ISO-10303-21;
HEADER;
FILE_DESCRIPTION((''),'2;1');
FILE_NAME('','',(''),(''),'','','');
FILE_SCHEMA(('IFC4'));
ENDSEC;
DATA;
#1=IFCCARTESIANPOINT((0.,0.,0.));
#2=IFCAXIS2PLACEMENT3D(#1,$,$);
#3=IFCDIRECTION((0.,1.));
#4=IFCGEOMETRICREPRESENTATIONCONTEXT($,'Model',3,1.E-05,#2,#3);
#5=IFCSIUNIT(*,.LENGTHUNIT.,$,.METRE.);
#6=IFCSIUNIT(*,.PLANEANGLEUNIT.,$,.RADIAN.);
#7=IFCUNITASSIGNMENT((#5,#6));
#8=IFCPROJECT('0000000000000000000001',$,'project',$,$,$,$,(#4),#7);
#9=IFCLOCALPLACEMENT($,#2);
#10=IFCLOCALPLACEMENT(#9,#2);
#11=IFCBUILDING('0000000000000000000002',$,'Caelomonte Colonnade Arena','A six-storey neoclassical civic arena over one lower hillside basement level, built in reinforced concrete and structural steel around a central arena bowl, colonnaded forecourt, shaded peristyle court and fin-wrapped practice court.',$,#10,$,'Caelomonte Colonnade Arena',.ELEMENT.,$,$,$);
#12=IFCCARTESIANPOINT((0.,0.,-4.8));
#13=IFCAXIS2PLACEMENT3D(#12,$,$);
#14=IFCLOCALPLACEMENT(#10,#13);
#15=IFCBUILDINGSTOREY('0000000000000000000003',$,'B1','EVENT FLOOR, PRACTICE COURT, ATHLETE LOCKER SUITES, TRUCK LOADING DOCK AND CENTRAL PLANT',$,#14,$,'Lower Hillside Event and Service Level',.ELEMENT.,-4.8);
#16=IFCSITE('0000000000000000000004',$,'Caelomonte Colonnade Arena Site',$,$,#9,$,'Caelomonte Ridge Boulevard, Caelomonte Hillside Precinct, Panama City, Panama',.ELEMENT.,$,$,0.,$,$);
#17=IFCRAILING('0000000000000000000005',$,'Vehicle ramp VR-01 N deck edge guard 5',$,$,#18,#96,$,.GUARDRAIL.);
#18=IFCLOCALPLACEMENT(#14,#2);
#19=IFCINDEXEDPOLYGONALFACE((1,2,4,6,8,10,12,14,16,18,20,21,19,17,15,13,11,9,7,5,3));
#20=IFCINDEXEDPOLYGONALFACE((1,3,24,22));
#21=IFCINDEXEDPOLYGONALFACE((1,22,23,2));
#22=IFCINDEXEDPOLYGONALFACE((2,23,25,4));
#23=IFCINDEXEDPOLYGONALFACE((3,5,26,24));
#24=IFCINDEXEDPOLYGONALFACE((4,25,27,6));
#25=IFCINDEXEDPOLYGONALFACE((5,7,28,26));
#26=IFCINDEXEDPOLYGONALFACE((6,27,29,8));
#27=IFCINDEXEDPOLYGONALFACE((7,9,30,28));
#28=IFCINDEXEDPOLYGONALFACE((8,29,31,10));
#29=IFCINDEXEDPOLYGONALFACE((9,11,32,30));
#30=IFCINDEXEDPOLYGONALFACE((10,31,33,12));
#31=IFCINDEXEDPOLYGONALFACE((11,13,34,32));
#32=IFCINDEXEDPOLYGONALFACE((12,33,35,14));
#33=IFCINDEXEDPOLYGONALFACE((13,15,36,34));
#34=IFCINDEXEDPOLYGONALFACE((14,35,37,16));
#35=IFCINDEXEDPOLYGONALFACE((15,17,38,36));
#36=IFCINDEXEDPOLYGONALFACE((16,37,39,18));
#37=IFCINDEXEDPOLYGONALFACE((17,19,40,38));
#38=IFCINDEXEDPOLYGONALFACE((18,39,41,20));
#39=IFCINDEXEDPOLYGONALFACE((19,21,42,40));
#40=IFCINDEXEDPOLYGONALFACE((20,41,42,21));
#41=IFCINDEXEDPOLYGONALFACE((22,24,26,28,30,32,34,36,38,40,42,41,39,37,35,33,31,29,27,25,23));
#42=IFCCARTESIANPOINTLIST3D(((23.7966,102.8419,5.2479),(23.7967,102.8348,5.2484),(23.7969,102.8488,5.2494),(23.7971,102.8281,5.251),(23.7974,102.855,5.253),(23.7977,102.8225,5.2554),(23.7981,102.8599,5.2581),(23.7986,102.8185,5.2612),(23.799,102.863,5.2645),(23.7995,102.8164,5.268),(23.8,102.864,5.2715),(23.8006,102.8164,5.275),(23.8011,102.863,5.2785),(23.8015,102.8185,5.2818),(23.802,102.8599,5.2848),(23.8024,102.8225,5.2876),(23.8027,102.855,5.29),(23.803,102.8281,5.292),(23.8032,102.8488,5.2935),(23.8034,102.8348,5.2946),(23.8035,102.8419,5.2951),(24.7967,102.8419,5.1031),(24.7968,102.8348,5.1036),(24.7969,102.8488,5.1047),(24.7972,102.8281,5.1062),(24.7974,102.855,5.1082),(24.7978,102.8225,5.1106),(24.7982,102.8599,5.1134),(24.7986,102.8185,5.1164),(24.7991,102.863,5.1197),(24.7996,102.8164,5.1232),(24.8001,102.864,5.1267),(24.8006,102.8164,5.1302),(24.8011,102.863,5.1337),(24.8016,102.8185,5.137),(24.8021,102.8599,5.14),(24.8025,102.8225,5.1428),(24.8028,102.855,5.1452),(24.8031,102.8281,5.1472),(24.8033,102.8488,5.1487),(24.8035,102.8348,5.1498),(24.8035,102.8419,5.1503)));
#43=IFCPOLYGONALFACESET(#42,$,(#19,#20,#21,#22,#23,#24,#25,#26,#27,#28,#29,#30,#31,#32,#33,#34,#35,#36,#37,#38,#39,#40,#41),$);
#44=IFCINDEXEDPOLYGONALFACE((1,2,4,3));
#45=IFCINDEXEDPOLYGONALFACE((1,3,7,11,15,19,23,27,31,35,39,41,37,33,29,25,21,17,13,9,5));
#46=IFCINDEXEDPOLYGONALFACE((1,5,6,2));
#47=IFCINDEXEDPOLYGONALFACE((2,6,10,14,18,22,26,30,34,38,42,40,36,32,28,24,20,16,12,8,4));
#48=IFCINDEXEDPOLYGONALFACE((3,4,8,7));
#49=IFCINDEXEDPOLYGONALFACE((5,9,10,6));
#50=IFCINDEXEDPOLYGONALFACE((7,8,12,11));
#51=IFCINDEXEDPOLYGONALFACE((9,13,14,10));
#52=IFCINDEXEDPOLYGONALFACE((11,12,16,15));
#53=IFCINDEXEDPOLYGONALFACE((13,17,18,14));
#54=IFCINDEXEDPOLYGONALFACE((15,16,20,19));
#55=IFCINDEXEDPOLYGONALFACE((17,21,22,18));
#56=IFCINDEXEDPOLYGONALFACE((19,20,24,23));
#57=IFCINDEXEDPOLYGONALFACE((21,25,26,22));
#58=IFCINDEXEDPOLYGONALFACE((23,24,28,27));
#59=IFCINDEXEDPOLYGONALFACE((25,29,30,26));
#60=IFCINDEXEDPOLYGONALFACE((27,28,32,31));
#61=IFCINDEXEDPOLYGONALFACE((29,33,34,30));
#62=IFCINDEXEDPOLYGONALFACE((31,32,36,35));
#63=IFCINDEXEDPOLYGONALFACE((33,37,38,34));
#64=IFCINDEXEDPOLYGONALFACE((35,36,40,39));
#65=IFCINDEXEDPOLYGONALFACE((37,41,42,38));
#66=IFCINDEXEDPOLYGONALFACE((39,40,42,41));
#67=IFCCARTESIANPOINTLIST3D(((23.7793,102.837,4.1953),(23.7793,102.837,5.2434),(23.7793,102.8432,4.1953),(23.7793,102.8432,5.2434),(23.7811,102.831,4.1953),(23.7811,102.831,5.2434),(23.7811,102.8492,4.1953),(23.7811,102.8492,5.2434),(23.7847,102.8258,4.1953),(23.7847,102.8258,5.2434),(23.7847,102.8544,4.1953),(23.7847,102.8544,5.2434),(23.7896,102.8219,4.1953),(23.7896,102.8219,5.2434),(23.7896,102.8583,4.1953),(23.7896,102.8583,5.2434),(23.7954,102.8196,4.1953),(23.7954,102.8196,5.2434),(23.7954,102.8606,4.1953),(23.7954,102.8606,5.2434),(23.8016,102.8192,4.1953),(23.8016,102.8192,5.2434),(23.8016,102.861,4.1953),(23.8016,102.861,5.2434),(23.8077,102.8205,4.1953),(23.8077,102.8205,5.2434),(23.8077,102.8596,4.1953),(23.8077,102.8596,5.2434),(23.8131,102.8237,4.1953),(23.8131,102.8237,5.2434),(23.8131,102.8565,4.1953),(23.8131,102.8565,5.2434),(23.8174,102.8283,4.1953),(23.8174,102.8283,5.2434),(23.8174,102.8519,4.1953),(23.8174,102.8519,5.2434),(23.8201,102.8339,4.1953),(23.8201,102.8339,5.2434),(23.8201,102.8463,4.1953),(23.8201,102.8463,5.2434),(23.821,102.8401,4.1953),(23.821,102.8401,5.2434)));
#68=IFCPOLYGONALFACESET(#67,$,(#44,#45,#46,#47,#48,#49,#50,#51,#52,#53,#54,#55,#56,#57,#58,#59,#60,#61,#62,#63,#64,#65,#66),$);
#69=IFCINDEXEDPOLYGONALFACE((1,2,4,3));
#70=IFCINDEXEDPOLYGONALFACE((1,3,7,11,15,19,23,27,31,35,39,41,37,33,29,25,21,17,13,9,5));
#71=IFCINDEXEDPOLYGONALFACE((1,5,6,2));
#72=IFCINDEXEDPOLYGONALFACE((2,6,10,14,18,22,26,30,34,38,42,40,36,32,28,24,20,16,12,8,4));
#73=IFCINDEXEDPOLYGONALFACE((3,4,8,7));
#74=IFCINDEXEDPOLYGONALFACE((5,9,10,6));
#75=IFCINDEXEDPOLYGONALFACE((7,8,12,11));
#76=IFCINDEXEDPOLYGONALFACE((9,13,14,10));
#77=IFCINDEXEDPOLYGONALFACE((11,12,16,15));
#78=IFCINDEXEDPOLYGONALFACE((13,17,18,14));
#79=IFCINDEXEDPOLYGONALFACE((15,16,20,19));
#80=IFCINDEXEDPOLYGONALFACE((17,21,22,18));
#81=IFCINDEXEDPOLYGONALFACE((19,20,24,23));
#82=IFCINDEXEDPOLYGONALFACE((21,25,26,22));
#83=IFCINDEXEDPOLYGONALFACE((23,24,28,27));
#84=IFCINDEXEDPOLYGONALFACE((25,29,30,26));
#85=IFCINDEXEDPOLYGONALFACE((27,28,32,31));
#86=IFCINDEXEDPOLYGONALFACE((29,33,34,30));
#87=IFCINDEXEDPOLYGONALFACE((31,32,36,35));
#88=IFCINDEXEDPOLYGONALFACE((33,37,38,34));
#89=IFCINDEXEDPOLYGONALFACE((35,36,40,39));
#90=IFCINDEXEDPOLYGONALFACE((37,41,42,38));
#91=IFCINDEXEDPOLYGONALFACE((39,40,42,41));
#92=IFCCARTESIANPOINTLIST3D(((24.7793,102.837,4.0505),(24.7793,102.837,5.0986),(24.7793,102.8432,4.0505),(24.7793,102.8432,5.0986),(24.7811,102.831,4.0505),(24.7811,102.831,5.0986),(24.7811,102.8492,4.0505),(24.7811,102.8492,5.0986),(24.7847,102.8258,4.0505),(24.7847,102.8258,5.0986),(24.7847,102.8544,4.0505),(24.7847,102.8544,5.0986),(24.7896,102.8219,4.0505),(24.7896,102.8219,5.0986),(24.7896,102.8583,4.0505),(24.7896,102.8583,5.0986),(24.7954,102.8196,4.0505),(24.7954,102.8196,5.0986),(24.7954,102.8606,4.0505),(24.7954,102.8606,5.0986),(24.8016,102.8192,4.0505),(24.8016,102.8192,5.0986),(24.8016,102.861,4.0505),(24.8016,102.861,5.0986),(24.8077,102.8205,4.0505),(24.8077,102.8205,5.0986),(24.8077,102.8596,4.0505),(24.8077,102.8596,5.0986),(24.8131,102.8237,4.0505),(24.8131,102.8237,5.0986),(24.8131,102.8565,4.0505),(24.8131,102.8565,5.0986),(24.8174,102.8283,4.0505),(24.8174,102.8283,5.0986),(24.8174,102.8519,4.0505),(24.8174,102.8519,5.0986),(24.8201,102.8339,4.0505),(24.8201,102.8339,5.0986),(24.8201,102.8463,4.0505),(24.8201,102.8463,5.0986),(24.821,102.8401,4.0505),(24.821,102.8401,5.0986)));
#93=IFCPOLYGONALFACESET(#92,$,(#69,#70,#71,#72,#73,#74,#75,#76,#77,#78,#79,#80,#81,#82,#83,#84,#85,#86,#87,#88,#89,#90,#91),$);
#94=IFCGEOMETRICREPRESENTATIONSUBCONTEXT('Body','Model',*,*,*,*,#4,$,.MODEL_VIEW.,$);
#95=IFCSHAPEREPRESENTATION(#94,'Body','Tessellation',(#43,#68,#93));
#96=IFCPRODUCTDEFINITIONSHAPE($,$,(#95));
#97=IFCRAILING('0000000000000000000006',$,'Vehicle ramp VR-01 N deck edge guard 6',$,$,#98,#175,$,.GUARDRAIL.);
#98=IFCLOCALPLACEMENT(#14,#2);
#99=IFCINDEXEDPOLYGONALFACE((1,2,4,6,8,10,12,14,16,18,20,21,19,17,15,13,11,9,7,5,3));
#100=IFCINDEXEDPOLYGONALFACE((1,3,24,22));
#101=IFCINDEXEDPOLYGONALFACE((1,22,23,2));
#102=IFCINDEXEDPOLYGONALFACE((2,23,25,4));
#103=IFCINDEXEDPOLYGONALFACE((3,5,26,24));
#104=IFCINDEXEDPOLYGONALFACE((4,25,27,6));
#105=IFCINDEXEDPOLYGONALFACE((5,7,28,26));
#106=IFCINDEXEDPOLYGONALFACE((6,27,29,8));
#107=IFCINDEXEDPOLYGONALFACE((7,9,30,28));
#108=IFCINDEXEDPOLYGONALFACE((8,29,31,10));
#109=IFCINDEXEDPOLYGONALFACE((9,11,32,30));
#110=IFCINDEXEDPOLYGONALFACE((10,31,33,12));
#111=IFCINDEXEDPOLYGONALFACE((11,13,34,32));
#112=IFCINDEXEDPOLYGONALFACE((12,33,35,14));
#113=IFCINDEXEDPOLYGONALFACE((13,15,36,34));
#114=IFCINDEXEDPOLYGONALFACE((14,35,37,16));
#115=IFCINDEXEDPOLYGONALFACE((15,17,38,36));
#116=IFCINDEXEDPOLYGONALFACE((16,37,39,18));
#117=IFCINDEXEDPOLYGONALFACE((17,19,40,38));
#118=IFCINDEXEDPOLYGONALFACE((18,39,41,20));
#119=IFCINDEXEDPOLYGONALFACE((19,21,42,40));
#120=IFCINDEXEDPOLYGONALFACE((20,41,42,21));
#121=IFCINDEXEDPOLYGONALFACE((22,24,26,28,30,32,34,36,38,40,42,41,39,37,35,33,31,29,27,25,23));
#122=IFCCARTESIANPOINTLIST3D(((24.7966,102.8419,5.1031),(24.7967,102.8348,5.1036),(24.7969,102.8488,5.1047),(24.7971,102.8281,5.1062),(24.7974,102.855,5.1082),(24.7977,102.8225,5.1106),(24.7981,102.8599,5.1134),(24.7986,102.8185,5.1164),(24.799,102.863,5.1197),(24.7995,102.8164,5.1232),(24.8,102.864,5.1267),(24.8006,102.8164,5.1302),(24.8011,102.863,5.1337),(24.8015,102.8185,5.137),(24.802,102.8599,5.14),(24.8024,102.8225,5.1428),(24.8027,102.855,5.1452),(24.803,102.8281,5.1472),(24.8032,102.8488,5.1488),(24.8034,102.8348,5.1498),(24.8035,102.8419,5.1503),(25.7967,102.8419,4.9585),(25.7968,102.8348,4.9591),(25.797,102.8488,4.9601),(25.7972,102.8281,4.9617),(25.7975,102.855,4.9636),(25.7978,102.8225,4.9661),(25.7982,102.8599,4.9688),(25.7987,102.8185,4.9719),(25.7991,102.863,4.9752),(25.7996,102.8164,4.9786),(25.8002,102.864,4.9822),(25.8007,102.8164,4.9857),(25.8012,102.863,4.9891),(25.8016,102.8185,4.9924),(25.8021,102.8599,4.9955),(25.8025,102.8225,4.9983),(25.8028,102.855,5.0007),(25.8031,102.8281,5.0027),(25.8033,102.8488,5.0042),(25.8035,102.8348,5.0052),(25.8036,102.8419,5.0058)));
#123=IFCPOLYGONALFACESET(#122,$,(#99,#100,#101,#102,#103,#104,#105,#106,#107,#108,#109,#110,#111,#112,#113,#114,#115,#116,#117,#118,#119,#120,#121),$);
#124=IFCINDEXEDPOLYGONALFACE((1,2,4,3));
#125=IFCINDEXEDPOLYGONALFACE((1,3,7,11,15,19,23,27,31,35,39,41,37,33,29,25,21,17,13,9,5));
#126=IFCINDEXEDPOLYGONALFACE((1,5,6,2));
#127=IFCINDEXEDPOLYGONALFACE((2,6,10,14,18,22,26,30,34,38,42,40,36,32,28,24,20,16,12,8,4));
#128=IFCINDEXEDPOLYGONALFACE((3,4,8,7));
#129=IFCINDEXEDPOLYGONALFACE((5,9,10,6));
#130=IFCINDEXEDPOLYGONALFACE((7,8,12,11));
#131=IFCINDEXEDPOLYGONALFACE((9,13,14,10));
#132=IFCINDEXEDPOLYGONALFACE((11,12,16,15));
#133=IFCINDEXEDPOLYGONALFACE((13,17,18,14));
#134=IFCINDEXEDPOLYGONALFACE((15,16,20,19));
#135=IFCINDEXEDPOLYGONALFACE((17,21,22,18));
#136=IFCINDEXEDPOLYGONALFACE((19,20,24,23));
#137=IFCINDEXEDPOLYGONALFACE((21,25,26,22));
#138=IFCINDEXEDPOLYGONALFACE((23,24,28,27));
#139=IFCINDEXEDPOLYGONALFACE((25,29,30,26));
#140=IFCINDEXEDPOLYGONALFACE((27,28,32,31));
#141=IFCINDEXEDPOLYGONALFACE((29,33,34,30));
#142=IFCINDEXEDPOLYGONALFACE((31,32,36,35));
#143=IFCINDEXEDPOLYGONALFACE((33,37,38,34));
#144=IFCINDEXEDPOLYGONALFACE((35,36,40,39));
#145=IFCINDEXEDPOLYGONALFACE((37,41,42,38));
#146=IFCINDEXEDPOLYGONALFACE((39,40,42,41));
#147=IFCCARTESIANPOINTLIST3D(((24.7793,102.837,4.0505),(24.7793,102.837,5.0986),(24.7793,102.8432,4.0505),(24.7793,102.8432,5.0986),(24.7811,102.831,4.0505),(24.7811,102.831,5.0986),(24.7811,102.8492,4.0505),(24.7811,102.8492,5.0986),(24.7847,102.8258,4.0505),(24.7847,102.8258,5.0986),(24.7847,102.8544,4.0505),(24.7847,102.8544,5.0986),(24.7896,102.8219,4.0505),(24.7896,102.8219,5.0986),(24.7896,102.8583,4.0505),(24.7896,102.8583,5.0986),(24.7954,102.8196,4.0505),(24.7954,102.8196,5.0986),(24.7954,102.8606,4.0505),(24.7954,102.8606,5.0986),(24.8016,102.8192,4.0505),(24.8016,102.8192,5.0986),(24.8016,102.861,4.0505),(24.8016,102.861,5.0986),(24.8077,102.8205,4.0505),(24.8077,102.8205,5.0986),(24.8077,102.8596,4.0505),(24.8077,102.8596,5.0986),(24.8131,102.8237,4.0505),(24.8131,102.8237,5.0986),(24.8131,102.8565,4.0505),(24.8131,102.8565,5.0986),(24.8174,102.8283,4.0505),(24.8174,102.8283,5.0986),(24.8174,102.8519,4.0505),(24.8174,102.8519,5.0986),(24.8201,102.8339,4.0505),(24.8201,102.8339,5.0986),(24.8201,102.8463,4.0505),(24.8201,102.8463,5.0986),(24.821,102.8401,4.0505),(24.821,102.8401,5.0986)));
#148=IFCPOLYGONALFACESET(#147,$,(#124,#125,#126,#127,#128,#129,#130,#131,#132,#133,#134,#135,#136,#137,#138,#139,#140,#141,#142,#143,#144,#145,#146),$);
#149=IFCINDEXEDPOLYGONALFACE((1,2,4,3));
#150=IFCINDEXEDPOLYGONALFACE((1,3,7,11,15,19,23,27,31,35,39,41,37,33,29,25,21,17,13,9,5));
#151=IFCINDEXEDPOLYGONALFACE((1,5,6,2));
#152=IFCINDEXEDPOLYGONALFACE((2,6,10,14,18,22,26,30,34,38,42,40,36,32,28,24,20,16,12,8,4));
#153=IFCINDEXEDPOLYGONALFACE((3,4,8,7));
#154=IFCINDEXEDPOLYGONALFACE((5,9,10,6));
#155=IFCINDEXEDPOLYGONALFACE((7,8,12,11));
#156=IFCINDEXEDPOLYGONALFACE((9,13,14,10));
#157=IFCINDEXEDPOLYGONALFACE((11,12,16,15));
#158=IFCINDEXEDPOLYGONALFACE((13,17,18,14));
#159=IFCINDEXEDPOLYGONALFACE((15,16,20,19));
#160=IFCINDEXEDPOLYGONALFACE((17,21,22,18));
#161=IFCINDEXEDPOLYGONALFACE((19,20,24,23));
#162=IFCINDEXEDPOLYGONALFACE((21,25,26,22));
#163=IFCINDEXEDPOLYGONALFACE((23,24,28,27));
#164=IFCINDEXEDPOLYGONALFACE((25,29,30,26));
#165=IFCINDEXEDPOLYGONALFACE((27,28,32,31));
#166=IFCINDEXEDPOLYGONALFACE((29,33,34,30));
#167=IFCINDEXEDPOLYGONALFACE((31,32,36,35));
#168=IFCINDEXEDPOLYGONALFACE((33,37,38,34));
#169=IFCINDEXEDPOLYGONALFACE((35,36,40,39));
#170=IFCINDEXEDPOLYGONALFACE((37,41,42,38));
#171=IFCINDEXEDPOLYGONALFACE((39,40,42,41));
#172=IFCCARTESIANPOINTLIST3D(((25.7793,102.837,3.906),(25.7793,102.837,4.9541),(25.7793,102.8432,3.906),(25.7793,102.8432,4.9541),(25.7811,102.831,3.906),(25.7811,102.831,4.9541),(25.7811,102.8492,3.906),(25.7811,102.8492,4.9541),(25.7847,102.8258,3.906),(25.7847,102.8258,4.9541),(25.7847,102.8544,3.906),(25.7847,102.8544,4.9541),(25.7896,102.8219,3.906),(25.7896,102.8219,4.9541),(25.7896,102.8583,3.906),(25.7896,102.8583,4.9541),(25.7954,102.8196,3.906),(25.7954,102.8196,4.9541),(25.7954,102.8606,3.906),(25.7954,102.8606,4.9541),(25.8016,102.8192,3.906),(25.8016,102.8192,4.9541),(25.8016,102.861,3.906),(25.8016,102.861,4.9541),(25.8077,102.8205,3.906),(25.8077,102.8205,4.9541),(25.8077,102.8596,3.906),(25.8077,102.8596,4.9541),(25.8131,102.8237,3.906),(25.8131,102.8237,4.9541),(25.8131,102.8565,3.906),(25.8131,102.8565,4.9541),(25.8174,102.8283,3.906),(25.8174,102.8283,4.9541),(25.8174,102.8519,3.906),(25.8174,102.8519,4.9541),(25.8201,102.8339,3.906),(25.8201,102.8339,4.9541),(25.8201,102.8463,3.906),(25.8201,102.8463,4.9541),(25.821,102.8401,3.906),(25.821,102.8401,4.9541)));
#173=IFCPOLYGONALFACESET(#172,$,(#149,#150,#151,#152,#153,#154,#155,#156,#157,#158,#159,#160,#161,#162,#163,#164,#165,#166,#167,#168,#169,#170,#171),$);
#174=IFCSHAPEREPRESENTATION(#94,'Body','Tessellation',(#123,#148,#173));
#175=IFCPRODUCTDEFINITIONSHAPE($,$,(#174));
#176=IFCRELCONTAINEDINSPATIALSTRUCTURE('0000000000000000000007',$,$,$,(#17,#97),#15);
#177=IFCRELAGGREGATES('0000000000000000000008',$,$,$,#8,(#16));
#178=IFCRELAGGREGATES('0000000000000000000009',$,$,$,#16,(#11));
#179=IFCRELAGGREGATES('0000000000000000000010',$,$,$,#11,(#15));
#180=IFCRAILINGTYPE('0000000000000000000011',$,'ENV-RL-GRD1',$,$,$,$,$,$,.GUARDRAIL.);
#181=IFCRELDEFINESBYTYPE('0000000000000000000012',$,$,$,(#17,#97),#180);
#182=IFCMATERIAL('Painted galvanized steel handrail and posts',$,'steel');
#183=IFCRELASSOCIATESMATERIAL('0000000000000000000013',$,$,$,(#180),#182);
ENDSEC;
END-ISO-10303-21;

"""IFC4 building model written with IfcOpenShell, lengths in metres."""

from ifc_helpers import new_model, si_unit, direction, frame, origin, origin_2d, place, context, subcontext, project, spatial, circle, extrude, material, type_object, element, save


model = new_model("IFC4")

# Units and contexts
model_context = context("Model", 3, precision=1e-05, world=origin(), true_north=direction((0.0, 1.0)))
body_context = subcontext(model_context, "Body", "Model", "MODEL_VIEW")
ifc_project = project(units=[si_unit("LENGTHUNIT", "METRE"), si_unit("PLANEANGLEUNIT", "RADIAN")], contexts=[model_context])

# Site, building, storey
site_placement = place(None, origin())
site = spatial("IfcSite", under=ifc_project, at=site_placement, Name="Caelomonte Colonnade Arena Site", LongName="Caelomonte Ridge Boulevard, Caelomonte Hillside Precinct, Panama City, Panama", CompositionType="ELEMENT", RefElevation=0.0)
building_placement = place(site_placement, origin())
building = spatial("IfcBuilding", under=site, at=building_placement, Name="Caelomonte Colonnade Arena", Description="A six-storey neoclassical civic arena over one lower hillside basement level, built in reinforced concrete and structural steel around a central arena bowl, colonnaded forecourt, shaded peristyle court and fin-wrapped practice court.", LongName="Caelomonte Colonnade Arena", CompositionType="ELEMENT")
storey_placement = place(building_placement, frame((0.0, 0.0, -4.8)))
storey = spatial("IfcBuildingStorey", under=building, at=storey_placement, Name="B1", Description="EVENT FLOOR, PRACTICE COURT, ATHLETE LOCKER SUITES, TRUCK LOADING DOCK AND CENTRAL PLANT", LongName="Lower Hillside Event and Service Level", CompositionType="ELEMENT", Elevation=-4.8)

# Railings
ifc_material_1 = material(Name="Painted galvanized steel handrail and posts", Category="steel")
railing_type = type_object("IfcRailingType", Name="ENV-RL-GRD1", PredefinedType="GUARDRAIL", material=ifc_material_1)
for number, where, name in (
    (1, (23.8, 102.8401, 4.1953), "Vehicle ramp VR-01 N deck edge guard 5"),
):
    element("IfcRailing", number, at=place(storey_placement, frame(where)), inside=storey, type_object=railing_type, Name=name, PredefinedType="GUARDRAIL", context=body_context, shape_type="SweptSolid", body=[
        extrude(circle(Radius=0.0239, at=origin_2d()), frame((0.0, 0.0, 1.0762), z_axis=(0.989682, 0.0, -0.143282), x_axis=(0.0, 1.0, 0.0)), (0.0, 0.0, 1.0), 1.0105),
        extrude(circle(Radius=0.021, at=origin_2d()), origin(), (0.0, 0.0, 1.0), 1.0481),
        extrude(circle(Radius=0.021, at=origin_2d()), frame((1.0, 0.0, -0.1448)), (0.0, 0.0, 1.0), 1.0481),
    ])
railing_1_placement = place(storey_placement, frame((24.8, 102.8401, 4.0505)))
element("IfcRailing", 2, at=railing_1_placement, inside=storey, type_object=railing_type, Name="Vehicle ramp VR-01 N deck edge guard 6", PredefinedType="GUARDRAIL", context=body_context, shape_type="SweptSolid", body=[
    extrude(circle(Radius=0.0239, at=origin_2d()), frame((0.0, 0.0, 1.0762), z_axis=(0.989716, 0.0, -0.143045), x_axis=(0.0, 1.0, 0.0)), (0.0, 0.0, 1.0), 1.0105),
    extrude(circle(Radius=0.021, at=origin_2d()), origin(), (0.0, 0.0, 1.0), 1.0481),
    extrude(circle(Radius=0.021, at=origin_2d()), frame((1.0, 0.0, -0.1445)), (0.0, 0.0, 1.0), 1.0481),
])

save(model, "model.ifc")
